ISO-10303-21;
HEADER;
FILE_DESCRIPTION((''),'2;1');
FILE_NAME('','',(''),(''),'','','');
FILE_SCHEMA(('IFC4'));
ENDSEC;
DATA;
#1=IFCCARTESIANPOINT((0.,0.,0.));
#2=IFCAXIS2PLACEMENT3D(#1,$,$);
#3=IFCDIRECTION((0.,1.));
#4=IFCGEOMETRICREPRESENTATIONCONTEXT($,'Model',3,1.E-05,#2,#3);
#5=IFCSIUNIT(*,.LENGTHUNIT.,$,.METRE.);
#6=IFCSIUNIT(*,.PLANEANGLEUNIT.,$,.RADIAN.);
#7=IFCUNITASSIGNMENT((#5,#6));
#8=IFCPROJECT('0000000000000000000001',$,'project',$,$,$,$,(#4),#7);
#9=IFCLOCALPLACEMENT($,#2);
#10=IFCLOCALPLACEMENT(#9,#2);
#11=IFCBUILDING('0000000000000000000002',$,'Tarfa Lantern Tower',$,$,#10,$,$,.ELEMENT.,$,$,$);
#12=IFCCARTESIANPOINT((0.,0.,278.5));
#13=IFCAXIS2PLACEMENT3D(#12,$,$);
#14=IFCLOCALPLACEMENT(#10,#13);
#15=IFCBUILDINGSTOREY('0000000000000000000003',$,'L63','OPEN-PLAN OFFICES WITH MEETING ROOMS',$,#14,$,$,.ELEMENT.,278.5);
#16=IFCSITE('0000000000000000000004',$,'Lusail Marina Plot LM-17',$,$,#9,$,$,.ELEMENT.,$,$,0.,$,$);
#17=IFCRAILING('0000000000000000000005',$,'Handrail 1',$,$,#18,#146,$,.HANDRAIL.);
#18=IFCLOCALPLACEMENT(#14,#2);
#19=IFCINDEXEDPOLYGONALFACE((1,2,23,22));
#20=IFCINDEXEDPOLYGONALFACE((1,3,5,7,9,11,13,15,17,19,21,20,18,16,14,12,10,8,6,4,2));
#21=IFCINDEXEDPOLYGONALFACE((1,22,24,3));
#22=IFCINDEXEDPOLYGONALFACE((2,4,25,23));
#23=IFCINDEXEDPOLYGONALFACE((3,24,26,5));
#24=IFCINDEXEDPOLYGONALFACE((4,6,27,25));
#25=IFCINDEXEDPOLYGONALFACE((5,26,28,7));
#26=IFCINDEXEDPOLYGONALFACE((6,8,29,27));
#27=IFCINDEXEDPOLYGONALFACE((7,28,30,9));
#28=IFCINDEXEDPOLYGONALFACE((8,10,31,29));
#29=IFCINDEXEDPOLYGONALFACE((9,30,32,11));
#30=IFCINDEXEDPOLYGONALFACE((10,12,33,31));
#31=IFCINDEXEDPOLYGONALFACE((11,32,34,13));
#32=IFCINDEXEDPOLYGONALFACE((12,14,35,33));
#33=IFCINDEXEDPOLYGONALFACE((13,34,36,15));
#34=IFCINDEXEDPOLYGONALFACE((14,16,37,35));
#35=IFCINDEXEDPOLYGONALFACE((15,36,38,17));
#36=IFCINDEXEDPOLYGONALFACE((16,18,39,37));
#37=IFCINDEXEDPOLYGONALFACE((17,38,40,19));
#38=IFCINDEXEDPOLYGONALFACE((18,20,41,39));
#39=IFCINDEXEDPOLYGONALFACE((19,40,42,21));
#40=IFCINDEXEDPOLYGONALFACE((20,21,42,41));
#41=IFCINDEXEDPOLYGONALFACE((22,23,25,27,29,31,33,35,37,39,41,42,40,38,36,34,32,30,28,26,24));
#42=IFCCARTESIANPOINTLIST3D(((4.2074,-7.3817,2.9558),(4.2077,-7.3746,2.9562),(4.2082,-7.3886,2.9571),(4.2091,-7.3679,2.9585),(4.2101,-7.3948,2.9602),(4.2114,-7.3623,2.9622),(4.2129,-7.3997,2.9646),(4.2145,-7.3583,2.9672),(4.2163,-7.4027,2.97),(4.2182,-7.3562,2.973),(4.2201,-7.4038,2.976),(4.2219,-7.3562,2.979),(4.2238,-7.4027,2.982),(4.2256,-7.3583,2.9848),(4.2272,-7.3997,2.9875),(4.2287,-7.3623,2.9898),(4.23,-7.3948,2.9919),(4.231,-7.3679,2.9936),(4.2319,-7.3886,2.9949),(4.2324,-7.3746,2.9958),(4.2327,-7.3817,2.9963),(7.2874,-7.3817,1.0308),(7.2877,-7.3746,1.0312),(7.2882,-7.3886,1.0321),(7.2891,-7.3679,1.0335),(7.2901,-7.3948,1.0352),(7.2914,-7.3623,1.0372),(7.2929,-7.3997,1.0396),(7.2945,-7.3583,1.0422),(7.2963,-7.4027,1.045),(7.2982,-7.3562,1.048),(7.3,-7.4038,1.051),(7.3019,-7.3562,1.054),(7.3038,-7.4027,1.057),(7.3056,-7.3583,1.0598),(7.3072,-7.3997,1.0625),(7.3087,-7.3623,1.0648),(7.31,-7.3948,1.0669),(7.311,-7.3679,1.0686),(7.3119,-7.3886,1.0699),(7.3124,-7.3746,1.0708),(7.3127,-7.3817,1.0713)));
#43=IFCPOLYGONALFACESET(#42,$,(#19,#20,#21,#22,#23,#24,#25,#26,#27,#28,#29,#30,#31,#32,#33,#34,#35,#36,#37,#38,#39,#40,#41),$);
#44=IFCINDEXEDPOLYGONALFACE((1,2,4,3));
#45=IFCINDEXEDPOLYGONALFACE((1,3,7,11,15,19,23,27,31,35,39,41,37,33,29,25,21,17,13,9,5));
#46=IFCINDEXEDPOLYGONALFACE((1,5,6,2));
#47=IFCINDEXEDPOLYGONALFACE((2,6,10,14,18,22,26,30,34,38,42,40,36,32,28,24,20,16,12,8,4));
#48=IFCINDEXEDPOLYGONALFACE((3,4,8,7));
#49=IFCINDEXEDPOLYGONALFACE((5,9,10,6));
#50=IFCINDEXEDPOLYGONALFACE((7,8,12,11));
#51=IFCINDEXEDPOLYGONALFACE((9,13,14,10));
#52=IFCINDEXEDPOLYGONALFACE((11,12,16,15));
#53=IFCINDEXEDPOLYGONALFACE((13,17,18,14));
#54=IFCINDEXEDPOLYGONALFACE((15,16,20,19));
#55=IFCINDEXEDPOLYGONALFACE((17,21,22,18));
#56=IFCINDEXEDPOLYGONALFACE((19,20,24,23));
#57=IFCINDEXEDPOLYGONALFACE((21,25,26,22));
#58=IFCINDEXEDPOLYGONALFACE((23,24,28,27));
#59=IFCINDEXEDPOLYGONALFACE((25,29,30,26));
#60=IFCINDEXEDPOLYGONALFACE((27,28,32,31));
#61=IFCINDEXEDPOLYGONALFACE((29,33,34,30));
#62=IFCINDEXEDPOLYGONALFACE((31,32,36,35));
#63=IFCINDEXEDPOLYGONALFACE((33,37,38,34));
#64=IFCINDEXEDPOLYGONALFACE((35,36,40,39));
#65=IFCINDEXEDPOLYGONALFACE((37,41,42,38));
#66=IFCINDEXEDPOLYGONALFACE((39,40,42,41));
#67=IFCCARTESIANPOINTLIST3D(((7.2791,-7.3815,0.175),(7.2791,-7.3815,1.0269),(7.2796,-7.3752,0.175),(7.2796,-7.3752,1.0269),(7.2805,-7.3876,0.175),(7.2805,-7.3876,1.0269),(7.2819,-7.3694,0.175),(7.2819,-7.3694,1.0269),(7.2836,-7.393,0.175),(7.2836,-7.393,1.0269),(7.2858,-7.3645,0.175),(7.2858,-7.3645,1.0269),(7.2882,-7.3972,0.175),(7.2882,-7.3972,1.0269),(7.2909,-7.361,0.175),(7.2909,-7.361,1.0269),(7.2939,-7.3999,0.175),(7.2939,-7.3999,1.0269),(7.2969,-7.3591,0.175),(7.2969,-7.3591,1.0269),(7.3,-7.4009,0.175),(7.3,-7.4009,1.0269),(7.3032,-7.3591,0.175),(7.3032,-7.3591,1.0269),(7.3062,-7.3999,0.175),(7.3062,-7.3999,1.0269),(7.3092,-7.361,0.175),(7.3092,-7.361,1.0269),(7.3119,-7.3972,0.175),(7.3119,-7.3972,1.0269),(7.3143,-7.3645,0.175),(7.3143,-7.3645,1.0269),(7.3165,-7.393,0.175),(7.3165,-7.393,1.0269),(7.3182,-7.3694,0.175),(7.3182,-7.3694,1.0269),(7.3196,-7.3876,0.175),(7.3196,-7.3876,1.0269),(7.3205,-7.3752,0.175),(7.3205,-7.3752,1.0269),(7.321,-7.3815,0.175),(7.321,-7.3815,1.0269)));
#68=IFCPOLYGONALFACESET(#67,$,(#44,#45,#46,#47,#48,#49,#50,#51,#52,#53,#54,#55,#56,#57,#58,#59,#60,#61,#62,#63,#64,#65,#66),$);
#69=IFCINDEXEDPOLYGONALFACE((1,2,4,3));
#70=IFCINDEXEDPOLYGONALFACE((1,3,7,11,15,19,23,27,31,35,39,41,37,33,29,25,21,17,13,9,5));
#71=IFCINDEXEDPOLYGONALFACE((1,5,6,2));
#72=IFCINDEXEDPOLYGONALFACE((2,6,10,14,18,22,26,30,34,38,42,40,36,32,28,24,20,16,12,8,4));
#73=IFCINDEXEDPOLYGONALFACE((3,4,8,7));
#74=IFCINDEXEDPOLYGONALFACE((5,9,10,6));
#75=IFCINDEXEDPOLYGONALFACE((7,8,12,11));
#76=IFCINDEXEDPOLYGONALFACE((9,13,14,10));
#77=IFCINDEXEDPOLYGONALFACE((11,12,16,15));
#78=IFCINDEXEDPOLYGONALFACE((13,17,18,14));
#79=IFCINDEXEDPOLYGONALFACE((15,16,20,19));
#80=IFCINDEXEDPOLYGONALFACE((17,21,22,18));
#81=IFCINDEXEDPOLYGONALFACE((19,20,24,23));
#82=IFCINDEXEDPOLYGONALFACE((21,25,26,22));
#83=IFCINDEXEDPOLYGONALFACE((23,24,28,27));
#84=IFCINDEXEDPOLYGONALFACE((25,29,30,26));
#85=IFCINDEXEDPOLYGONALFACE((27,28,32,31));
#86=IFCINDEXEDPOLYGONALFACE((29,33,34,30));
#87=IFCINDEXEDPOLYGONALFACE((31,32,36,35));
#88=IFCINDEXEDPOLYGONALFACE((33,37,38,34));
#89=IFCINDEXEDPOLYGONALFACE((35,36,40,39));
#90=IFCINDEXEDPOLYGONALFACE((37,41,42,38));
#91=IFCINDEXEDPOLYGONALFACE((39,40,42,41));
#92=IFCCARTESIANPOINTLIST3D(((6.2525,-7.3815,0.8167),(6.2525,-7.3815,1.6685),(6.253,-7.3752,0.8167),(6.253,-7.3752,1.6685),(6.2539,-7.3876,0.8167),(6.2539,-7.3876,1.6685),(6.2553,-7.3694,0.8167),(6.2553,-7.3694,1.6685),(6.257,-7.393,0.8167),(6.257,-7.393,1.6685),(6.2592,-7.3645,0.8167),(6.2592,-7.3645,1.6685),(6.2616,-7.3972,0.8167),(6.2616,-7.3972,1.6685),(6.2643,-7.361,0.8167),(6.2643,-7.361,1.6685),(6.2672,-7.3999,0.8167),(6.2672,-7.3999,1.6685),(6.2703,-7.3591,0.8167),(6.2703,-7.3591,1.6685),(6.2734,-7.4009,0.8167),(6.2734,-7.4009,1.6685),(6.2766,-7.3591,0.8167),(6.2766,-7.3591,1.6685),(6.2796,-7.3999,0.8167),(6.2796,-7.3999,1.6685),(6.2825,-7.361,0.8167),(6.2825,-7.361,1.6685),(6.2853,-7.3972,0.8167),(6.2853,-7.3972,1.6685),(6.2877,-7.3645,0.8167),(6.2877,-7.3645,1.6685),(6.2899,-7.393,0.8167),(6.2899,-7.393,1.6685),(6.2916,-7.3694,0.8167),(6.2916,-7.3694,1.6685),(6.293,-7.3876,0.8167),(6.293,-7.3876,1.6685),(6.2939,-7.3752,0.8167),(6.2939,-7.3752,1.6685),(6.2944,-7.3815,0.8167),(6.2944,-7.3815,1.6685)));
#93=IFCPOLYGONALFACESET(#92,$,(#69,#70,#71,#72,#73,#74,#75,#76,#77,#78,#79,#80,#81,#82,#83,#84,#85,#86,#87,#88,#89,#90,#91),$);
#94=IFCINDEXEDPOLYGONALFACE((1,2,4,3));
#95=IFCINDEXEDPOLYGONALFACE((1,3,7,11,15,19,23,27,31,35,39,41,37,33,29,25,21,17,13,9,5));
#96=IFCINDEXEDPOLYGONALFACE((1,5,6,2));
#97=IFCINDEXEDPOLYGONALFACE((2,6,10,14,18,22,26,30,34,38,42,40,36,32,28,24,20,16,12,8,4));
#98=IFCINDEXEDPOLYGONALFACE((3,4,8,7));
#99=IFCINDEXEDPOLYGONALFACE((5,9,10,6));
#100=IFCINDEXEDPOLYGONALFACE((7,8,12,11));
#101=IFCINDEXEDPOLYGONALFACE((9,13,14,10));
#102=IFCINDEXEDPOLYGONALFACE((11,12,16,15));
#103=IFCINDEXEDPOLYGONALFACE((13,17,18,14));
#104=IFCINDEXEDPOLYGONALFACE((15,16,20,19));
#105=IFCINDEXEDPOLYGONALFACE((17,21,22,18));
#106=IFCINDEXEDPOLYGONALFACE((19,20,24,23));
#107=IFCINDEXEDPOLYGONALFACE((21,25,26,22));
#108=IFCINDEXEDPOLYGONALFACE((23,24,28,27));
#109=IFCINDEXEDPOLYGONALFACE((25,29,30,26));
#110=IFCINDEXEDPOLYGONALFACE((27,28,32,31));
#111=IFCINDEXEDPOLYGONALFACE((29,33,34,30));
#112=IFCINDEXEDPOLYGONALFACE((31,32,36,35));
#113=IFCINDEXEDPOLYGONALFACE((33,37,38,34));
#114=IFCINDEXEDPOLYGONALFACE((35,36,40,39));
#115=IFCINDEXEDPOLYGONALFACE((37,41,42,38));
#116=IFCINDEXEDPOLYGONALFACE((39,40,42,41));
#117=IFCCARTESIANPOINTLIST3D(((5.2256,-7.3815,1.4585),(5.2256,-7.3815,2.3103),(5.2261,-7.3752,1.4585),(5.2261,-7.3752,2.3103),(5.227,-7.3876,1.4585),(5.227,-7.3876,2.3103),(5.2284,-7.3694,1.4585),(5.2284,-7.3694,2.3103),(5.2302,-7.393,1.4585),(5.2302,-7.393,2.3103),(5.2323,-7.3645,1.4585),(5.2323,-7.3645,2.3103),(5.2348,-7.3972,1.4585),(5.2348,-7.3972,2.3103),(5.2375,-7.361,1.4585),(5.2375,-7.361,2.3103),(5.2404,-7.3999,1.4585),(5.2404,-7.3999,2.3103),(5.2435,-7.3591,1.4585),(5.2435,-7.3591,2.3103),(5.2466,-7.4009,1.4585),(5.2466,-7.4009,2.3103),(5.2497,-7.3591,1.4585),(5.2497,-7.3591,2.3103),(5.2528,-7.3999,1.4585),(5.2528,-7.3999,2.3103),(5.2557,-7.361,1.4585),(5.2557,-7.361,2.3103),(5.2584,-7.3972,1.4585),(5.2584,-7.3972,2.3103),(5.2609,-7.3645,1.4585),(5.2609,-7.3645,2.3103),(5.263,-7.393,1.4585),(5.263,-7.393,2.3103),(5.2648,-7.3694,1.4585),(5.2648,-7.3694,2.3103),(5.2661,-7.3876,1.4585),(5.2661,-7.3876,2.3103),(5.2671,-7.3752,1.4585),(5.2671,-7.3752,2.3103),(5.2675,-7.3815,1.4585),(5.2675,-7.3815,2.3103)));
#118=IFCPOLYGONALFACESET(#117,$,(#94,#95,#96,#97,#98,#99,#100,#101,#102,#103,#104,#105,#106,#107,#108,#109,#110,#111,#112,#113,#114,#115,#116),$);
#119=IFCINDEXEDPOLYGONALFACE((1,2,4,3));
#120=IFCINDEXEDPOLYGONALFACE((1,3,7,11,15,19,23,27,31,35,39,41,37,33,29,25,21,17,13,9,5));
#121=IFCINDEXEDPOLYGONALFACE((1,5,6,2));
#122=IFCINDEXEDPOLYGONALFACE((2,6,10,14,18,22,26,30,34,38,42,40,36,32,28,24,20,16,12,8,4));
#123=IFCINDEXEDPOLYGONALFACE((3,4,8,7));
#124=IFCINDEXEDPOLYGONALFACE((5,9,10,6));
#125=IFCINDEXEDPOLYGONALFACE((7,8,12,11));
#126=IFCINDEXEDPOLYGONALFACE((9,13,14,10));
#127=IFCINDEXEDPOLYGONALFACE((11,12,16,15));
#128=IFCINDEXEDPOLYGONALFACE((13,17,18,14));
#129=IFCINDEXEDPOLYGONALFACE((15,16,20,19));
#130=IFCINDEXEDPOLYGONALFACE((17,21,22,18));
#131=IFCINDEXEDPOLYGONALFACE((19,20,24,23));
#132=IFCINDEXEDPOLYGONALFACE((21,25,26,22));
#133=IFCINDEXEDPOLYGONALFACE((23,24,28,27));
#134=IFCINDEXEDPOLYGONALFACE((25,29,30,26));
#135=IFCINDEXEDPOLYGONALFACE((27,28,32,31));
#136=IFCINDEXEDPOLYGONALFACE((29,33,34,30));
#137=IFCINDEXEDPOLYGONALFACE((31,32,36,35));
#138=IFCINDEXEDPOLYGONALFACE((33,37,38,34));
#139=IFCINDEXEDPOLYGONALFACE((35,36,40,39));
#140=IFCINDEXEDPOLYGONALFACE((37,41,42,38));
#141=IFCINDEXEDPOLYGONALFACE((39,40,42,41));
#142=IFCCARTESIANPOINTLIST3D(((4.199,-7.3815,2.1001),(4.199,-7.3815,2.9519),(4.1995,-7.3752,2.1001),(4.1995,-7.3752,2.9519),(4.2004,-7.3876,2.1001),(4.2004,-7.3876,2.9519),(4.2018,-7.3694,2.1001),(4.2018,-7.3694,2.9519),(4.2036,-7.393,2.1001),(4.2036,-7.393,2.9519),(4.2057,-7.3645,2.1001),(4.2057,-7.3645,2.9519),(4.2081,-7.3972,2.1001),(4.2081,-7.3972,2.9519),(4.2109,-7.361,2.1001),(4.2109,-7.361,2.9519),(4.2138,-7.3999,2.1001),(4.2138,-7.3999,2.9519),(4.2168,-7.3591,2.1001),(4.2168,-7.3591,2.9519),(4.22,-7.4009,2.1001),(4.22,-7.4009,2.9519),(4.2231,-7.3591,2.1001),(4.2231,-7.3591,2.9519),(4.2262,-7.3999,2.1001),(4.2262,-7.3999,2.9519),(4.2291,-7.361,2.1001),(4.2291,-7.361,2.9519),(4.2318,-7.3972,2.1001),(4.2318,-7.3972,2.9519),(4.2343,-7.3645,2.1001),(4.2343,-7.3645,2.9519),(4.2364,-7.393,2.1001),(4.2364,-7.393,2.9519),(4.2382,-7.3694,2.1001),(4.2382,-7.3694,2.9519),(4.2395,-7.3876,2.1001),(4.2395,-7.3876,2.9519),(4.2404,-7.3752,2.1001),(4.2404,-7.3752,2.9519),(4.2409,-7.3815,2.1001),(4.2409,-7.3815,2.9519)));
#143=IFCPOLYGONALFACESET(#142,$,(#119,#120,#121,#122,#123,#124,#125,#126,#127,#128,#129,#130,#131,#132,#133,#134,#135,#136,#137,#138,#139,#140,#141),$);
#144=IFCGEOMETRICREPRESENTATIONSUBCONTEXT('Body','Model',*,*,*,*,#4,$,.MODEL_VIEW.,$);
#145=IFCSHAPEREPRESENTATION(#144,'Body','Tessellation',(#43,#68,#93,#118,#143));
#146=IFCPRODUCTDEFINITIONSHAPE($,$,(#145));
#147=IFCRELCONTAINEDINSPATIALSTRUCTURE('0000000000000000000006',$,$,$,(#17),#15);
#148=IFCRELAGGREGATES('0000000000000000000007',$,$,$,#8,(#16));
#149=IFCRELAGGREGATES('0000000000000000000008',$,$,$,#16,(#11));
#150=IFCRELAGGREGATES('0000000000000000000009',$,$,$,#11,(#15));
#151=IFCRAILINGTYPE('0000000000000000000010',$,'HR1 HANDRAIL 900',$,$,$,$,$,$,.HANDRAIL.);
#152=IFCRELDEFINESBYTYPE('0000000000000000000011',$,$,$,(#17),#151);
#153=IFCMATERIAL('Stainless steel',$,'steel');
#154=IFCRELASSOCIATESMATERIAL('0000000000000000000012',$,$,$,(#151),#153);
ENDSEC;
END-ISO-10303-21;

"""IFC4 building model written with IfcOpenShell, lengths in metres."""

from ifc_helpers import new_model, si_unit, direction, frame, origin, origin_2d, place, context, subcontext, project, spatial, circle, extrude, material, type_object, element, save


model = new_model("IFC4")

# Units and contexts
model_context = context("Model", 3, precision=1e-05, world=origin(), true_north=direction((0.0, 1.0)))
body_context = subcontext(model_context, "Body", "Model", "MODEL_VIEW")
ifc_project = project(units=[si_unit("LENGTHUNIT", "METRE"), si_unit("PLANEANGLEUNIT", "RADIAN")], contexts=[model_context])

# Site, building, storey
site_placement = place(None, origin())
site = spatial("IfcSite", under=ifc_project, at=site_placement, Name="Lusail Marina Plot LM-17", CompositionType="ELEMENT", RefElevation=0.0)
building_placement = place(site_placement, origin())
building = spatial("IfcBuilding", under=site, at=building_placement, Name="Tarfa Lantern Tower", CompositionType="ELEMENT")
storey_placement = place(building_placement, frame((0.0, 0.0, 278.5)))
storey = spatial("IfcBuildingStorey", under=building, at=storey_placement, Name="L63", Description="OPEN-PLAN OFFICES WITH MEETING ROOMS", CompositionType="ELEMENT", Elevation=278.5)

# Railing
ifc_material_1 = material(Name="Stainless steel", Category="steel")
railing_type = type_object("IfcRailingType", Name="HR1 HANDRAIL 900", PredefinedType="HANDRAIL", material=ifc_material_1)
railing_1_placement = place(storey_placement, frame((7.3, -7.3799, 0.175)))
element("IfcRailing", 1, at=railing_1_placement, inside=storey, type_object=railing_type, Name="Handrail 1", PredefinedType="HANDRAIL", context=body_context, shape_type="SweptSolid", body=[
    extrude(circle(Radius=0.0239, at=origin_2d()), frame((0.0, 0.0, 0.876), z_axis=(-0.847998, 0.0, 0.529999), x_axis=(0.0, -1.0, 0.0)), (0.0, 0.0, 1.0), 3.6321),
    extrude(circle(Radius=0.021, at=origin_2d()), frame((0.0, 0.0, 0.0), z_axis=(0.0, 0.0, 1.0), x_axis=(0.0, -1.0, 0.0)), (0.0, 0.0, 1.0), 0.8518),
    extrude(circle(Radius=0.021, at=origin_2d()), frame((-1.0266, 0.0, 0.6416), z_axis=(0.0, 0.0, 1.0), x_axis=(0.0, -1.0, 0.0)), (0.0, 0.0, 1.0), 0.8518),
    extrude(circle(Radius=0.021, at=origin_2d()), frame((-2.0535, 0.0, 1.2834), z_axis=(0.0, 0.0, 1.0), x_axis=(0.0, -1.0, 0.0)), (0.0, 0.0, 1.0), 0.8518),
    extrude(circle(Radius=0.021, at=origin_2d()), frame((-3.0801, 0.0, 1.925), z_axis=(0.0, 0.0, 1.0), x_axis=(0.0, -1.0, 0.0)), (0.0, 0.0, 1.0), 0.8518),
])

save(model, "model.ifc")
